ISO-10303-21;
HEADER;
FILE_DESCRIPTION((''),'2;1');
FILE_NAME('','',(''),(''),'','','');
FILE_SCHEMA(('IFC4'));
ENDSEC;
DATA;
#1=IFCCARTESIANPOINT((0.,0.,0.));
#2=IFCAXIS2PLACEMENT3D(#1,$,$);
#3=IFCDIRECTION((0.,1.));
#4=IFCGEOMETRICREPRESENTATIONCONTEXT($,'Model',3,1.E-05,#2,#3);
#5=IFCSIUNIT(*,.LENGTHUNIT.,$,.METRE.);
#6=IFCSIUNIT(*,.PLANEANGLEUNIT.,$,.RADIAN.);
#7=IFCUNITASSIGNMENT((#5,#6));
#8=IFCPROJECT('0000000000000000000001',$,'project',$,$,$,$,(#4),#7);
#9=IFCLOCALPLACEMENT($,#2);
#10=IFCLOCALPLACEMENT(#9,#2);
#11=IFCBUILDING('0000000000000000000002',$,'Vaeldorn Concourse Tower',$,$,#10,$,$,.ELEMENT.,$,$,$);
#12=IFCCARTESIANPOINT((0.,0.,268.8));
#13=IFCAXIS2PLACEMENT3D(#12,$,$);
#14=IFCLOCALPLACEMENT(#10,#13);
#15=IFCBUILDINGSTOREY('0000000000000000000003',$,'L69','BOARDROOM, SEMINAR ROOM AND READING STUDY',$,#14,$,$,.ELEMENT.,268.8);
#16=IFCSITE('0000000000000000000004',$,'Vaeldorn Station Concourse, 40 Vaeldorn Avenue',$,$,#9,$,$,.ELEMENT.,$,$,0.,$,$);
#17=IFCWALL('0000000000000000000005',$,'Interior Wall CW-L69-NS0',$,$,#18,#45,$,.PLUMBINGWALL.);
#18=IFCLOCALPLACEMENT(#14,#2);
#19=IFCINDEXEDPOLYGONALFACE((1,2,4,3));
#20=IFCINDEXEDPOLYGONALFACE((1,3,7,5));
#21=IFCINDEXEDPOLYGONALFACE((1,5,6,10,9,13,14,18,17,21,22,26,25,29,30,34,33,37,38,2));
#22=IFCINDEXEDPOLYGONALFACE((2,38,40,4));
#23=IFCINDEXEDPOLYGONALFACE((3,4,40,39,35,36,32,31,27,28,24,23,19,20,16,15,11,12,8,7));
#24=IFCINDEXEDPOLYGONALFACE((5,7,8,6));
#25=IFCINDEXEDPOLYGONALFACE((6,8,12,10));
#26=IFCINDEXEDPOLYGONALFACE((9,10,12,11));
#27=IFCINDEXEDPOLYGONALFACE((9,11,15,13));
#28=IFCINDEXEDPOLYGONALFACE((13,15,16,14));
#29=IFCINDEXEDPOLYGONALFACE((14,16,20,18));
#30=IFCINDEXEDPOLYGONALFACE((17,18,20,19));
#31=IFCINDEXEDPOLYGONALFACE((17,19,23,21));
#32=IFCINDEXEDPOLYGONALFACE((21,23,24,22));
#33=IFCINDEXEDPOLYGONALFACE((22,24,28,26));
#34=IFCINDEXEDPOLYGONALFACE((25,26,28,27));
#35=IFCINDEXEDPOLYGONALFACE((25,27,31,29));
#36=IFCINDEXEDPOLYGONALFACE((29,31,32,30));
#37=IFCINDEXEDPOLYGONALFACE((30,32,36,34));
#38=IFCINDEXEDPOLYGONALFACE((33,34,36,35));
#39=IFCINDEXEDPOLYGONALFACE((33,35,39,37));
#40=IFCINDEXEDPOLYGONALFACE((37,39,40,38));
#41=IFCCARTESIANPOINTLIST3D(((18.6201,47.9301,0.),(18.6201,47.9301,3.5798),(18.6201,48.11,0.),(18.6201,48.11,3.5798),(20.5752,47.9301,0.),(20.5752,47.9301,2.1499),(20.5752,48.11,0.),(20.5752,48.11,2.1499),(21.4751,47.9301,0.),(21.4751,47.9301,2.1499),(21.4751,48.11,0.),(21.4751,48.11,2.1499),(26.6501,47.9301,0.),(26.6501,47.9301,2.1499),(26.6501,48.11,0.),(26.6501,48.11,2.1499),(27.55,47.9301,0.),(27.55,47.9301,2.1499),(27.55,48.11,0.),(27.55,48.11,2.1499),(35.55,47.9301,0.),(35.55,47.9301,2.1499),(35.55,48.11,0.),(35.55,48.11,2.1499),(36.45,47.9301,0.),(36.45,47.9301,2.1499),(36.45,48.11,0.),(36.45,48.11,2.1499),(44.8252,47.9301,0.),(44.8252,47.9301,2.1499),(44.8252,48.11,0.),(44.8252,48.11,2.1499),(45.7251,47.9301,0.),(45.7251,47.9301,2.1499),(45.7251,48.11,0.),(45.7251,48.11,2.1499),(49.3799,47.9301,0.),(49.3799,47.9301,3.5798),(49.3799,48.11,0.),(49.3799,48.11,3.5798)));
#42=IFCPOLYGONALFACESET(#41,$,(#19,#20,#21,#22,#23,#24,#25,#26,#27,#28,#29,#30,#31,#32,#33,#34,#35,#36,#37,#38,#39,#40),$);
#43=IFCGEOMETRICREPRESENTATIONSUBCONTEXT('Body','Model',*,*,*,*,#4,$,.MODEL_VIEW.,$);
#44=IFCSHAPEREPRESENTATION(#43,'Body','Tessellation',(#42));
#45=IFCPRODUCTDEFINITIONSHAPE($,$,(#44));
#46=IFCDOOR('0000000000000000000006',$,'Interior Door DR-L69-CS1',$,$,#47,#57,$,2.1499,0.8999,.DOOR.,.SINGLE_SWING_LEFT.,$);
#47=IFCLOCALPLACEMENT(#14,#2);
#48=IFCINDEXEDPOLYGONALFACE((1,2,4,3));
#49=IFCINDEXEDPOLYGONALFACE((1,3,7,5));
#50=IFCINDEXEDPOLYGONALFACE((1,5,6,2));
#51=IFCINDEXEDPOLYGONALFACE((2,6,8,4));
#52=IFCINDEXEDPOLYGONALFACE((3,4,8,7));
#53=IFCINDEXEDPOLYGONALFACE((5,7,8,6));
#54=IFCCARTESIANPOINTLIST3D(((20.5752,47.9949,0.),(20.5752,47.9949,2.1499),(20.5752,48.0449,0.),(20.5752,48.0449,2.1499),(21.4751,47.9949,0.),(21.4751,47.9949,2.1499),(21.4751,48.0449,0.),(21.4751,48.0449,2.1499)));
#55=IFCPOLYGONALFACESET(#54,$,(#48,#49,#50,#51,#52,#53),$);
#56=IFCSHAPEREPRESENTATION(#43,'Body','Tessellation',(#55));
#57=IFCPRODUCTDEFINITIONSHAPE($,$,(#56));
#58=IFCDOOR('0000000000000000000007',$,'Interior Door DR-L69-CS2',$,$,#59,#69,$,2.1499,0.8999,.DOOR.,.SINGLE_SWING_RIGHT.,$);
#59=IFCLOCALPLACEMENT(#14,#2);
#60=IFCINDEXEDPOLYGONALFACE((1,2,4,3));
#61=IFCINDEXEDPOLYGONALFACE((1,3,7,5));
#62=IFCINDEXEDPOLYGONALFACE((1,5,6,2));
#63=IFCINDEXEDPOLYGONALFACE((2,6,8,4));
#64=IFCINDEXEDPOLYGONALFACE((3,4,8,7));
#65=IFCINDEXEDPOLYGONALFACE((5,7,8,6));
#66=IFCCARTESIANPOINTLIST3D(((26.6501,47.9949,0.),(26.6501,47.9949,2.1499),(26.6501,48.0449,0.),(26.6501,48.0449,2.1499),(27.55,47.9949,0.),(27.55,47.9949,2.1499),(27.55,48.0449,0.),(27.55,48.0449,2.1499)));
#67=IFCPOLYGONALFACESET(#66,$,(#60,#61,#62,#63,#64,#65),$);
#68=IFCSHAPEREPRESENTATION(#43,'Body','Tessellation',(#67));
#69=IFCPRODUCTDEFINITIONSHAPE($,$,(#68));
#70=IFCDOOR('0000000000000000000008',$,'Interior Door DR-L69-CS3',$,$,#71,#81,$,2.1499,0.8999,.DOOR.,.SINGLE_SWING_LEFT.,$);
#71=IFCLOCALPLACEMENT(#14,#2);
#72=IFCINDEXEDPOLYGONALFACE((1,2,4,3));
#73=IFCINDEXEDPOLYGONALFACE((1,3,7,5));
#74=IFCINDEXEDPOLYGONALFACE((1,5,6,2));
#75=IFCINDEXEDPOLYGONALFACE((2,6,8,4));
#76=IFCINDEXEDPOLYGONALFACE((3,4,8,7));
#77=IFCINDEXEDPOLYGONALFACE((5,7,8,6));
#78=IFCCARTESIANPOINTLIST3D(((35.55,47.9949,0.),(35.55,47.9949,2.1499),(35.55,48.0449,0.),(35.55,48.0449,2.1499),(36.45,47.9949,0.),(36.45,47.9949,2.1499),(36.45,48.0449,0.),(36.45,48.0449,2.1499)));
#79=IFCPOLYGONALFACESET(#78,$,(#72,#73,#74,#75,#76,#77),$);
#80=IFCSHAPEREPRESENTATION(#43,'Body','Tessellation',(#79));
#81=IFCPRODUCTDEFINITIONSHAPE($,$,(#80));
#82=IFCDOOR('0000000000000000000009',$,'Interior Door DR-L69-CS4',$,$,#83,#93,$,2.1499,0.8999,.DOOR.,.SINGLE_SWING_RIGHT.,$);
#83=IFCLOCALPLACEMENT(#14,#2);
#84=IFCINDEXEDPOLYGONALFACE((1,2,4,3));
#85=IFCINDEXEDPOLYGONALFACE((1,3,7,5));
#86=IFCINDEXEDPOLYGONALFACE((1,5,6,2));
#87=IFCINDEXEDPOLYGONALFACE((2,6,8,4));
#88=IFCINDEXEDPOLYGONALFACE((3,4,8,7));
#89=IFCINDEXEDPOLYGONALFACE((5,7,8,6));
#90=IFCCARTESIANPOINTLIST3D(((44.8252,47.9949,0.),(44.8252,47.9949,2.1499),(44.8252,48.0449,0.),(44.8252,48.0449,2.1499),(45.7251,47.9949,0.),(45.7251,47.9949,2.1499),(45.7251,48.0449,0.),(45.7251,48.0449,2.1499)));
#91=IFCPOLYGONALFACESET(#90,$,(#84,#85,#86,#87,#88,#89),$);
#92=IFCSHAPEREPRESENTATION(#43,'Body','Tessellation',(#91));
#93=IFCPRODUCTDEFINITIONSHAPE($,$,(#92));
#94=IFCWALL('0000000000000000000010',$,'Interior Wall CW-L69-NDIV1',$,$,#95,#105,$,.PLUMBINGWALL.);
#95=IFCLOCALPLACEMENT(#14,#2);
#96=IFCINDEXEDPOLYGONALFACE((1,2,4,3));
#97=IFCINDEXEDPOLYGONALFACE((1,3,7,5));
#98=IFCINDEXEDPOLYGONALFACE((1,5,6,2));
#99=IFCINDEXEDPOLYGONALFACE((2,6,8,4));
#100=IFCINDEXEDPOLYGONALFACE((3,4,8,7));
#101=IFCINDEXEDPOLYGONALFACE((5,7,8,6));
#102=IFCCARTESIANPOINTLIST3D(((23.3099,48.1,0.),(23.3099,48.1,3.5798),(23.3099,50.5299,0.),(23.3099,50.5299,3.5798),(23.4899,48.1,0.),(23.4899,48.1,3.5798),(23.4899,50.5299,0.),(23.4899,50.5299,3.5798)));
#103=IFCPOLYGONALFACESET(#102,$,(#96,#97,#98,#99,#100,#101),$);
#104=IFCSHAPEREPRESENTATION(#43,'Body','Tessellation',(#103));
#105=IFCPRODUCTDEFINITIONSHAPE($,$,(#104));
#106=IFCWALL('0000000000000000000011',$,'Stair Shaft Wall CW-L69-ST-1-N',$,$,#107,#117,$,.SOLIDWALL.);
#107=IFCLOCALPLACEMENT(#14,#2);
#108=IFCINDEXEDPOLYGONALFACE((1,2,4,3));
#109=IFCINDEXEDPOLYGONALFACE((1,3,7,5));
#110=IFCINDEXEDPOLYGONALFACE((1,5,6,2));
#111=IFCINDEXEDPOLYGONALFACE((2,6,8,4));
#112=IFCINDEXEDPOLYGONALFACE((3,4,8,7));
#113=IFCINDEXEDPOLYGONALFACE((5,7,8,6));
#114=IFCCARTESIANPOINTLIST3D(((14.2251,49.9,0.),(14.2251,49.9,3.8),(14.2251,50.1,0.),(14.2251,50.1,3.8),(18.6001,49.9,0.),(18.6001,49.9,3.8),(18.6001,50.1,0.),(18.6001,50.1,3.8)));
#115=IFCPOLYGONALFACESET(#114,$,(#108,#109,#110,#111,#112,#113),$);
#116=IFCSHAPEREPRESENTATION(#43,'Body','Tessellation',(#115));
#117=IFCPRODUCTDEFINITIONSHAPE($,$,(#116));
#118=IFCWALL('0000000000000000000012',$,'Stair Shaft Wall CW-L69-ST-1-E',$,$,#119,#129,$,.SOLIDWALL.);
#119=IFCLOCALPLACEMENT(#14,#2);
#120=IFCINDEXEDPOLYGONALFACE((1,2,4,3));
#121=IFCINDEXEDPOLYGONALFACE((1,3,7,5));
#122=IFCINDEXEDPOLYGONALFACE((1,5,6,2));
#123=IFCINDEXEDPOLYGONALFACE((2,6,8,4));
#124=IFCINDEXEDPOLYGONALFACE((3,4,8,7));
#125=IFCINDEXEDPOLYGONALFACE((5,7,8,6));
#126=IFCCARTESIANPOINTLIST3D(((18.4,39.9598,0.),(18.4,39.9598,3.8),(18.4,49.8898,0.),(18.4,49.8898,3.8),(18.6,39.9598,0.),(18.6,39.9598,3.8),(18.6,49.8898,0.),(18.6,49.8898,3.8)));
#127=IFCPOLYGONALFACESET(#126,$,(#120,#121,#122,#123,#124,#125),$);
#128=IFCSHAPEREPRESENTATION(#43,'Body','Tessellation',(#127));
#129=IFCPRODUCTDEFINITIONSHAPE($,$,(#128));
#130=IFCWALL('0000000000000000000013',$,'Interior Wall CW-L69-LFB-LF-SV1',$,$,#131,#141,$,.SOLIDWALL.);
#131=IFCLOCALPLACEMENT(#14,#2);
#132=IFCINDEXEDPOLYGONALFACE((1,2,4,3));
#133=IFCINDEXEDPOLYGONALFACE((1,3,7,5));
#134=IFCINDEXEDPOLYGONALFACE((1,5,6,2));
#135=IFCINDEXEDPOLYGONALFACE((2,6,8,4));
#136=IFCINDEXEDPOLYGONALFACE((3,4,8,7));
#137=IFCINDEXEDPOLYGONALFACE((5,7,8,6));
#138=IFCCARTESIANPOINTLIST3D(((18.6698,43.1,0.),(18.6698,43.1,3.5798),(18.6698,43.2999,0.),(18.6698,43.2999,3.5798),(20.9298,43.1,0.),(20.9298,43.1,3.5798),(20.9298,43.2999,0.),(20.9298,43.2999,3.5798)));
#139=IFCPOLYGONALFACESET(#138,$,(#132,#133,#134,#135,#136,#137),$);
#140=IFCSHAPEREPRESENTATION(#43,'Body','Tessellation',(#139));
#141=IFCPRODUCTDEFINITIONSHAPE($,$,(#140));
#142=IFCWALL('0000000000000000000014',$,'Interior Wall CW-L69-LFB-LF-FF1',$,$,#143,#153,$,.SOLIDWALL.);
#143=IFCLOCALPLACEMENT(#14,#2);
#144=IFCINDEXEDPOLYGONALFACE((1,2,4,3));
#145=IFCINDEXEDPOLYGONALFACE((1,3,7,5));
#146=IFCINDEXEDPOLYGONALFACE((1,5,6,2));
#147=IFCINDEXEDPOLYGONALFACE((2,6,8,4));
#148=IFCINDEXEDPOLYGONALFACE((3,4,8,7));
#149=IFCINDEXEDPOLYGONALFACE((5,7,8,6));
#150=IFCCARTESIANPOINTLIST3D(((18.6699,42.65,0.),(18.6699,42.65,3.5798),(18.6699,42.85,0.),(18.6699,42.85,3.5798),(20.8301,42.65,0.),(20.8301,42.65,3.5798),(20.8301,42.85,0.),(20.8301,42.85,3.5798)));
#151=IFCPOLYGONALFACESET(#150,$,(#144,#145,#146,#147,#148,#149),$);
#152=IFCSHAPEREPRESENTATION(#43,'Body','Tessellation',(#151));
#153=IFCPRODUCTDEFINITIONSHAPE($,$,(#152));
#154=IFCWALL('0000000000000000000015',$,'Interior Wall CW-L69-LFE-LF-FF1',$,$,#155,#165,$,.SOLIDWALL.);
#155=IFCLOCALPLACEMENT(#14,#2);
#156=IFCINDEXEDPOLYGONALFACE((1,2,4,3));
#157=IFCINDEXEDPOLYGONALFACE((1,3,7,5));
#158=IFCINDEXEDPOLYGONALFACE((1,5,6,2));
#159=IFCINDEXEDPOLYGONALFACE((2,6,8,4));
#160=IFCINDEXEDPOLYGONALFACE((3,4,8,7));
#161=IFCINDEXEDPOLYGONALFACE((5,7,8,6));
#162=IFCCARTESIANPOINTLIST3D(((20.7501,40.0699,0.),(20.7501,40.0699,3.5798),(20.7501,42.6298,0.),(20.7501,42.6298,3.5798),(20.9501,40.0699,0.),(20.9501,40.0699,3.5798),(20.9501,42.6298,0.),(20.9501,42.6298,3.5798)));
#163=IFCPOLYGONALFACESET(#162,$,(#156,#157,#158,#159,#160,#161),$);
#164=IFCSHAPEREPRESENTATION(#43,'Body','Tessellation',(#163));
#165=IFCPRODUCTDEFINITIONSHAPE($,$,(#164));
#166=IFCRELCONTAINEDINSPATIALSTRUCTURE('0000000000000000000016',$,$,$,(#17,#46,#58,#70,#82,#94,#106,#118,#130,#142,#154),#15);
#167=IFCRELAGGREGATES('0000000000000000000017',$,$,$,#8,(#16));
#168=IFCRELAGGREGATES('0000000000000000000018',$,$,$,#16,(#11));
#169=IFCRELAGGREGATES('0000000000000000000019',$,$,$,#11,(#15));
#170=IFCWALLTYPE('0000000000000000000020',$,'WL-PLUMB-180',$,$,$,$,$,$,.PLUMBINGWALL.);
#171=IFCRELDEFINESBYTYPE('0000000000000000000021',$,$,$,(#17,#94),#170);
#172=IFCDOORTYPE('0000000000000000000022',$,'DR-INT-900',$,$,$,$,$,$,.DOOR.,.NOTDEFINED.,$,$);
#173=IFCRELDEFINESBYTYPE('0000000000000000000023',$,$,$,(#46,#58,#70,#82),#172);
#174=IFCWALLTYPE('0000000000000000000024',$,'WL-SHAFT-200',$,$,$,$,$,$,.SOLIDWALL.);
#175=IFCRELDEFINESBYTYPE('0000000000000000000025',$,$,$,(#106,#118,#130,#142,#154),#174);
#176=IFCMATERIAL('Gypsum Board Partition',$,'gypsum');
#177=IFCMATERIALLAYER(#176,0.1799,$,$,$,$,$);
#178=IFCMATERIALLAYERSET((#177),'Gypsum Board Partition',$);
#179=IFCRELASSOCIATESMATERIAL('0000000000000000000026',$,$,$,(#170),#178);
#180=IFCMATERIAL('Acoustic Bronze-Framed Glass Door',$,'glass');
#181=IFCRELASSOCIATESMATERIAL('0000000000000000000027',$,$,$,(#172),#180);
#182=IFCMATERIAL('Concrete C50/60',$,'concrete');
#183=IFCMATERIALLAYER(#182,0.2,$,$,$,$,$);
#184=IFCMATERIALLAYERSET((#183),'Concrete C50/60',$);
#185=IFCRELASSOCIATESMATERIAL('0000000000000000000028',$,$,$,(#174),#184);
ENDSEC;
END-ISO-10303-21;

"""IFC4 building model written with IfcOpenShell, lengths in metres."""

from ifc_helpers import new_model, si_unit, direction, frame, frame_2d, origin, place, context, subcontext, project, spatial, rectangle, extrude, source, transform, mapped, material, layer, layer_set, type_object, element, fill, save


model = new_model("IFC4")

# Units and contexts
model_context = context("Model", 3, precision=1e-05, world=origin(), true_north=direction((0.0, 1.0)))
body_context = subcontext(model_context, "Body", "Model", "MODEL_VIEW")
ifc_project = project(units=[si_unit("LENGTHUNIT", "METRE"), si_unit("PLANEANGLEUNIT", "RADIAN")], contexts=[model_context])

# Site, building, storey
site_placement = place(None, origin())
site = spatial("IfcSite", under=ifc_project, at=site_placement, Name="Vaeldorn Station Concourse, 40 Vaeldorn Avenue", CompositionType="ELEMENT", RefElevation=0.0)
building_placement = place(site_placement, origin())
building = spatial("IfcBuilding", under=site, at=building_placement, Name="Vaeldorn Concourse Tower", CompositionType="ELEMENT")
storey_placement = place(building_placement, frame((0.0, 0.0, 268.8)))
storey = spatial("IfcBuildingStorey", under=building, at=storey_placement, Name="L69", Description="BOARDROOM, SEMINAR ROOM AND READING STUDY", CompositionType="ELEMENT", Elevation=268.8)

# Shared definitions
ifc_material_1 = material(Name="Concrete C50/60", Category="concrete")
ifc_material_2 = material(Name="Gypsum Board Partition", Category="gypsum")

# Wall, openings, doors
ifc_layer_1 = layer(ifc_material_2, 0.1799)
ifc_layer_set_1 = layer_set([ifc_layer_1], Name="Gypsum Board Partition")
wall_type_1 = type_object("IfcWallType", Name="WL-PLUMB-180", PredefinedType="PLUMBINGWALL", material=ifc_layer_set_1)
wall_1_placement = place(storey_placement, frame((18.6201, 48.02, 0.0), z_axis=(0.0, 0.0, 1.0), x_axis=(1.0, 0.0, 0.0)))
wall_1 = element("IfcWall", 1, at=wall_1_placement, inside=storey, type_object=wall_type_1, Name="Interior Wall CW-L69-NS0", PredefinedType="PLUMBINGWALL", context=body_context, shape_type="SweptSolid", body=[
    extrude(rectangle(XDim=30.7598, YDim=0.1799, at=frame_2d((15.3799, 0.0))), origin(), (0.0, 0.0, 1.0), 3.5798),
])
opening_1_placement = place(wall_1_placement, frame((1.9551, 0.0, 0.0)))
opening_1 = element("IfcOpeningElement", 2, at=opening_1_placement, cuts=wall_1, PredefinedType="OPENING", context=body_context, shape_type="SweptSolid", body=[
    extrude(rectangle(XDim=0.8999, YDim=2.1499, at=frame_2d((0.45, 1.075))), frame((0.0, 0.1001, 0.0), z_axis=(0.0, -1.0, 0.0), x_axis=(1.0, 0.0, 0.0)), (0.0, 0.0, 1.0), 0.2),
])
opening_2_placement = place(wall_1_placement, frame((8.03, 0.0, 0.0)))
opening_2 = element("IfcOpeningElement", 3, at=opening_2_placement, cuts=wall_1, PredefinedType="OPENING", context=body_context, shape_type="SweptSolid", body=[
    extrude(rectangle(XDim=0.8999, YDim=2.1499, at=frame_2d((0.45, 1.075))), frame((0.0, 0.1001, 0.0), z_axis=(0.0, -1.0, 0.0), x_axis=(1.0, 0.0, 0.0)), (0.0, 0.0, 1.0), 0.2),
])
opening_3_placement = place(wall_1_placement, frame((16.9299, 0.0, 0.0)))
opening_3 = element("IfcOpeningElement", 4, at=opening_3_placement, cuts=wall_1, PredefinedType="OPENING", context=body_context, shape_type="SweptSolid", body=[
    extrude(rectangle(XDim=0.8999, YDim=2.1499, at=frame_2d((0.45, 1.075))), frame((0.0, 0.1001, 0.0), z_axis=(0.0, -1.0, 0.0), x_axis=(1.0, 0.0, 0.0)), (0.0, 0.0, 1.0), 0.2),
])
opening_4_placement = place(wall_1_placement, frame((26.2051, 0.0, 0.0)))
opening_4 = element("IfcOpeningElement", 5, at=opening_4_placement, cuts=wall_1, PredefinedType="OPENING", context=body_context, shape_type="SweptSolid", body=[
    extrude(rectangle(XDim=0.8999, YDim=2.1499, at=frame_2d((0.45, 1.075))), frame((0.0, 0.1001, 0.0), z_axis=(0.0, -1.0, 0.0), x_axis=(1.0, 0.0, 0.0)), (0.0, 0.0, 1.0), 0.2),
])
ifc_material_3 = material(Name="Acoustic Bronze-Framed Glass Door", Category="glass")
door_type_1 = type_object("IfcDoorType", Name="DR-INT-900", OperationType="NOTDEFINED", PredefinedType="DOOR", material=ifc_material_3)
shared_shape_1 = source(origin(), body_context, "Body", "SweptSolid", [
    extrude(rectangle(XDim=0.8999, YDim=2.1499, at=frame_2d((0.45, 1.075))), frame((0.0, 0.0249, 0.0), z_axis=(0.0, -1.0, 0.0), x_axis=(1.0, 0.0, 0.0)), (0.0, 0.0, 1.0), 0.05),
])
door_1_placement = place(opening_1_placement, origin())
door_1 = element("IfcDoor", 6, at=door_1_placement, inside=storey, type_object=door_type_1, Name="Interior Door DR-L69-CS1", OperationType="SINGLE_SWING_LEFT", OverallHeight=2.1499, OverallWidth=0.8999, PredefinedType="DOOR", context=body_context, shape_type="MappedRepresentation", body=[
    mapped(shared_shape_1, transform((0.0, 0.0, 0.0), scale=1.0)),
])
fill(opening_1, door_1)
door_2_placement = place(opening_2_placement, origin())
door_2 = element("IfcDoor", 7, at=door_2_placement, inside=storey, type_object=door_type_1, Name="Interior Door DR-L69-CS2", OperationType="SINGLE_SWING_RIGHT", OverallHeight=2.1499, OverallWidth=0.8999, PredefinedType="DOOR", context=body_context, shape_type="MappedRepresentation", body=[
    mapped(shared_shape_1, transform((0.0, 0.0, 0.0), scale=1.0)),
])
fill(opening_2, door_2)
door_3_placement = place(opening_3_placement, origin())
door_3 = element("IfcDoor", 8, at=door_3_placement, inside=storey, type_object=door_type_1, Name="Interior Door DR-L69-CS3", OperationType="SINGLE_SWING_LEFT", OverallHeight=2.1499, OverallWidth=0.8999, PredefinedType="DOOR", context=body_context, shape_type="MappedRepresentation", body=[
    mapped(shared_shape_1, transform((0.0, 0.0, 0.0), scale=1.0)),
])
fill(opening_3, door_3)
door_4_placement = place(opening_4_placement, origin())
door_4 = element("IfcDoor", 9, at=door_4_placement, inside=storey, type_object=door_type_1, Name="Interior Door DR-L69-CS4", OperationType="SINGLE_SWING_RIGHT", OverallHeight=2.1499, OverallWidth=0.8999, PredefinedType="DOOR", context=body_context, shape_type="MappedRepresentation", body=[
    mapped(shared_shape_1, transform((0.0, 0.0, 0.0), scale=1.0)),
])
fill(opening_4, door_4)

# Walls
wall_2_placement = place(storey_placement, frame((23.3999, 48.1001, 0.0), z_axis=(0.0, 0.0, 1.0), x_axis=(0.0, 1.0, 0.0)))
element("IfcWall", 10, at=wall_2_placement, inside=storey, type_object=wall_type_1, Name="Interior Wall CW-L69-NDIV1", PredefinedType="PLUMBINGWALL", context=body_context, shape_type="SweptSolid", body=[
    extrude(rectangle(XDim=2.4299, YDim=0.1799, at=frame_2d((1.2148, 0.0))), origin(), (0.0, 0.0, 1.0), 3.5798),
])
ifc_layer_2 = layer(ifc_material_1, 0.2)
ifc_layer_set_2 = layer_set([ifc_layer_2], Name="Concrete C50/60")
wall_type_2 = type_object("IfcWallType", Name="WL-SHAFT-200", PredefinedType="SOLIDWALL", material=ifc_layer_set_2)
wall_3_placement = place(storey_placement, frame((14.2251, 50.0, 0.0), z_axis=(0.0, 0.0, 1.0), x_axis=(1.0, 0.0, 0.0)))
element("IfcWall", 11, at=wall_3_placement, inside=storey, type_object=wall_type_2, Name="Stair Shaft Wall CW-L69-ST-1-N", PredefinedType="SOLIDWALL", context=body_context, shape_type="SweptSolid", body=[
    extrude(rectangle(XDim=4.375, YDim=0.2, at=frame_2d((2.1875, 0.0))), origin(), (0.0, 0.0, 1.0), 3.8),
])
wall_4_placement = place(storey_placement, frame((18.5, 39.96, 0.0), z_axis=(0.0, 0.0, 1.0), x_axis=(0.0, 1.0, 0.0)))
element("IfcWall", 12, at=wall_4_placement, inside=storey, type_object=wall_type_2, Name="Stair Shaft Wall CW-L69-ST-1-E", PredefinedType="SOLIDWALL", context=body_context, shape_type="SweptSolid", body=[
    extrude(rectangle(XDim=9.9299, YDim=0.2, at=frame_2d((4.9648, 0.0))), origin(), (0.0, 0.0, 1.0), 3.8),
])

# Walls
wall_5_placement = place(storey_placement, frame((18.6699, 43.2, 0.0), z_axis=(0.0, 0.0, 1.0), x_axis=(1.0, 0.0, 0.0)))
element("IfcWall", 13, at=wall_5_placement, inside=storey, type_object=wall_type_2, Name="Interior Wall CW-L69-LFB-LF-SV1", PredefinedType="SOLIDWALL", context=body_context, shape_type="SweptSolid", body=[
    extrude(rectangle(XDim=2.26, YDim=0.2, at=frame_2d((1.1299, 0.0))), origin(), (0.0, 0.0, 1.0), 3.5798),
])
wall_6_placement = place(storey_placement, frame((18.6699, 42.75, 0.0), z_axis=(0.0, 0.0, 1.0), x_axis=(1.0, 0.0, 0.0)))
element("IfcWall", 14, at=wall_6_placement, inside=storey, type_object=wall_type_2, Name="Interior Wall CW-L69-LFB-LF-FF1", PredefinedType="SOLIDWALL", context=body_context, shape_type="SweptSolid", body=[
    extrude(rectangle(XDim=2.1602, YDim=0.2, at=frame_2d((1.0801, 0.0))), origin(), (0.0, 0.0, 1.0), 3.5798),
])
wall_7_placement = place(storey_placement, frame((20.8501, 40.0701, 0.0), z_axis=(0.0, 0.0, 1.0), x_axis=(0.0, 1.0, 0.0)))
element("IfcWall", 15, at=wall_7_placement, inside=storey, type_object=wall_type_2, Name="Interior Wall CW-L69-LFE-LF-FF1", PredefinedType="SOLIDWALL", context=body_context, shape_type="SweptSolid", body=[
    extrude(rectangle(XDim=2.5598, YDim=0.2, at=frame_2d((1.2798, 0.0))), origin(), (0.0, 0.0, 1.0), 3.5798),
])

save(model, "model.ifc")
